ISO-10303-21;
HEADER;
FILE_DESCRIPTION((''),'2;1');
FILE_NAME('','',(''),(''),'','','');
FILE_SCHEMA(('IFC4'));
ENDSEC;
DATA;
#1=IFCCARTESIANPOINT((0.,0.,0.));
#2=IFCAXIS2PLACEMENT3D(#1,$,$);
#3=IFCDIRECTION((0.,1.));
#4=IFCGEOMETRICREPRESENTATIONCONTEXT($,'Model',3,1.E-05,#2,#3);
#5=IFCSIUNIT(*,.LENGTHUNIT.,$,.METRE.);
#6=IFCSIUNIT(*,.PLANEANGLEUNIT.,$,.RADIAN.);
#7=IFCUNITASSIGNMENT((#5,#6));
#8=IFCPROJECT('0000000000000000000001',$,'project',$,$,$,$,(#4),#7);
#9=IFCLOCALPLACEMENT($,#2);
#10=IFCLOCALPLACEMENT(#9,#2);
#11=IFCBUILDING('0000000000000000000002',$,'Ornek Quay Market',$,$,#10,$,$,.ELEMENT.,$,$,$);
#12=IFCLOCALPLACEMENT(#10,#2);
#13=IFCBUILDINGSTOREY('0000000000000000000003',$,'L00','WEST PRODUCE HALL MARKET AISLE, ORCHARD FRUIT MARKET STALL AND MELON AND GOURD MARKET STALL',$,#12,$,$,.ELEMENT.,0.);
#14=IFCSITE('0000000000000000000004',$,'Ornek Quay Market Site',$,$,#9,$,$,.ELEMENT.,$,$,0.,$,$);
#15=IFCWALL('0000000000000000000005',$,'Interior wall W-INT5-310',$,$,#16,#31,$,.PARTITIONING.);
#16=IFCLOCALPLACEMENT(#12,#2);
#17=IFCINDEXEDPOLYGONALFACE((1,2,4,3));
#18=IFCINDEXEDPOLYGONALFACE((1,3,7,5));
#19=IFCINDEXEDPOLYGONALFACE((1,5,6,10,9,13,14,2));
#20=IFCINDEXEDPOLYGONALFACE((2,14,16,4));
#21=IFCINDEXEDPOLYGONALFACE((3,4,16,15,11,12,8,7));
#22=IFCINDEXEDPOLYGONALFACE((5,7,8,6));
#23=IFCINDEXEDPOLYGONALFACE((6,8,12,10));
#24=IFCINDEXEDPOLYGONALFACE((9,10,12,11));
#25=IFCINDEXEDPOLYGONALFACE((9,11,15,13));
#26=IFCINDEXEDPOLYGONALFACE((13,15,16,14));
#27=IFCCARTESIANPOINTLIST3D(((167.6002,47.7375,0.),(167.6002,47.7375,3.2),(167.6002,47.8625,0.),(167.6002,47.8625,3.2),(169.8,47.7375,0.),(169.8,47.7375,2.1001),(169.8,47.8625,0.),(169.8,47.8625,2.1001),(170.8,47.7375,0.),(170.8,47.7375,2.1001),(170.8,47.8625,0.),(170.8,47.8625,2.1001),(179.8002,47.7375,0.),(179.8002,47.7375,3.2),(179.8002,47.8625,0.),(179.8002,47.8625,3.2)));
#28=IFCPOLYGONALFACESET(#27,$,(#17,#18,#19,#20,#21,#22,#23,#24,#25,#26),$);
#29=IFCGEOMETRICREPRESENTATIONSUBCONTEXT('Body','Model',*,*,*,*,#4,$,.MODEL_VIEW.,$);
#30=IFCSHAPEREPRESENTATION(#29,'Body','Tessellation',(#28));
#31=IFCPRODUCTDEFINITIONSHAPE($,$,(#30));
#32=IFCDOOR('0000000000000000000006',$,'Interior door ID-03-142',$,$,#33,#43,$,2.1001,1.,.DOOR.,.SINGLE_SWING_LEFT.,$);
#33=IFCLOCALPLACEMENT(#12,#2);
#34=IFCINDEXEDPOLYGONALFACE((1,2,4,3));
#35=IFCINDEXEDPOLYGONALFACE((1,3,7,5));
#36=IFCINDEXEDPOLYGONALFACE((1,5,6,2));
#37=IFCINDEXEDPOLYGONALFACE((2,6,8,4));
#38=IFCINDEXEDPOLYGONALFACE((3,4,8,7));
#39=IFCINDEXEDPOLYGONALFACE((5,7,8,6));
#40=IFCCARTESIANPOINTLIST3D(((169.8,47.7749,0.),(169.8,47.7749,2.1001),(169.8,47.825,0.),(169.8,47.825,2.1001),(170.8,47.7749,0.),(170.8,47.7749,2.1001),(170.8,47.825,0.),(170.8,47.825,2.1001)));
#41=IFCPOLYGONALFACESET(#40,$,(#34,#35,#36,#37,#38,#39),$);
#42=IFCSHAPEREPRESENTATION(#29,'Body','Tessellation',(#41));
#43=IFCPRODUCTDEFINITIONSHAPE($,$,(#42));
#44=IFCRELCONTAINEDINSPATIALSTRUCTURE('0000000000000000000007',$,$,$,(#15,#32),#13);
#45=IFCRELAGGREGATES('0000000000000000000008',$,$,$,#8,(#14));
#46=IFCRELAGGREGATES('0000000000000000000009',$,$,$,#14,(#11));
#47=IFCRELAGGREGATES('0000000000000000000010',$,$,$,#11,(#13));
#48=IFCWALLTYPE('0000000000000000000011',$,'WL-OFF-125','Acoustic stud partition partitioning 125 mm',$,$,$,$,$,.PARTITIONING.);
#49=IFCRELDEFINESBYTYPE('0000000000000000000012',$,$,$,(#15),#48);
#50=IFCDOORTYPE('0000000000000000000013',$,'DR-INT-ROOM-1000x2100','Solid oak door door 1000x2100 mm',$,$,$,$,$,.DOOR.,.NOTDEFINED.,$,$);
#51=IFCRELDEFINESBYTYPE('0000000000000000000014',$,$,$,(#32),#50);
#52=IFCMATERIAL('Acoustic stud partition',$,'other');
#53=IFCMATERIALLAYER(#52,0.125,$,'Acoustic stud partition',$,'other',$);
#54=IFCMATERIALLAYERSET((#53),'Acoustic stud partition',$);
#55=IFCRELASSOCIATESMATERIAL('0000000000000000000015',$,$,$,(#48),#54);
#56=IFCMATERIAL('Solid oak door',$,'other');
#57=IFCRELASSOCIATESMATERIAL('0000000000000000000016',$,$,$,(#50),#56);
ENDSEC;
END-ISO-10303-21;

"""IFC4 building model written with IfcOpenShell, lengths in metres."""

from ifc_helpers import new_model, si_unit, direction, frame, frame_2d, origin, place, context, subcontext, project, spatial, rectangle, extrude, material, layer, layer_set, type_object, element, fill, save


model = new_model("IFC4")

# Units and contexts
model_context = context("Model", 3, precision=1e-05, world=origin(), true_north=direction((0.0, 1.0)))
body_context = subcontext(model_context, "Body", "Model", "MODEL_VIEW")
ifc_project = project(units=[si_unit("LENGTHUNIT", "METRE"), si_unit("PLANEANGLEUNIT", "RADIAN")], contexts=[model_context])

# Site, building, storey
site_placement = place(None, origin())
site = spatial("IfcSite", under=ifc_project, at=site_placement, Name="Ornek Quay Market Site", CompositionType="ELEMENT", RefElevation=0.0)
building_placement = place(site_placement, origin())
building = spatial("IfcBuilding", under=site, at=building_placement, Name="Ornek Quay Market", CompositionType="ELEMENT")
storey_placement = place(building_placement, origin())
storey = spatial("IfcBuildingStorey", under=building, at=storey_placement, Name="L00", Description="WEST PRODUCE HALL MARKET AISLE, ORCHARD FRUIT MARKET STALL AND MELON AND GOURD MARKET STALL", CompositionType="ELEMENT", Elevation=0.0)

# Wall, opening, door
ifc_material_1 = material(Name="Acoustic stud partition", Category="other")
ifc_layer_1 = layer(ifc_material_1, 0.125, Name="Acoustic stud partition", Category="other")
ifc_layer_set_1 = layer_set([ifc_layer_1], Name="Acoustic stud partition")
wall_type = type_object("IfcWallType", Name="WL-OFF-125", Description="Acoustic stud partition partitioning 125 mm", PredefinedType="PARTITIONING", material=ifc_layer_set_1)
wall_placement = place(storey_placement, frame((167.6001, 47.8, 0.0), z_axis=(0.0, 0.0, 1.0), x_axis=(1.0, 0.0, 0.0)))
wall = element("IfcWall", 1, at=wall_placement, inside=storey, type_object=wall_type, Name="Interior wall W-INT5-310", PredefinedType="PARTITIONING", context=body_context, shape_type="SweptSolid", body=[
    extrude(rectangle(XDim=12.2, YDim=0.125, at=frame_2d((6.1001, 0.0))), origin(), (0.0, 0.0, 1.0), 3.2),
])
opening_placement = place(wall_placement, frame((2.2, 0.0, 0.0)))
opening = element("IfcOpeningElement", 2, at=opening_placement, cuts=wall, PredefinedType="OPENING", context=body_context, shape_type="SweptSolid", body=[
    extrude(rectangle(XDim=1.0, YDim=2.1001, at=frame_2d((0.5, 1.05))), frame((0.0, 0.0725, 0.0), z_axis=(0.0, -1.0, 0.0), x_axis=(1.0, 0.0, 0.0)), (0.0, 0.0, 1.0), 0.145),
])
ifc_material_2 = material(Name="Solid oak door", Category="other")
door_type = type_object("IfcDoorType", Name="DR-INT-ROOM-1000x2100", Description="Solid oak door door 1000x2100 mm", OperationType="NOTDEFINED", PredefinedType="DOOR", material=ifc_material_2)
door_placement = place(opening_placement, origin())
door = element("IfcDoor", 3, at=door_placement, inside=storey, type_object=door_type, Name="Interior door ID-03-142", OperationType="SINGLE_SWING_LEFT", OverallHeight=2.1001, OverallWidth=1.0, PredefinedType="DOOR", context=body_context, shape_type="SweptSolid", body=[
    extrude(rectangle(XDim=1.0, YDim=2.1001, at=frame_2d((0.5, 1.05))), frame((0.0, 0.0249, 0.0), z_axis=(0.0, -1.0, 0.0), x_axis=(1.0, 0.0, 0.0)), (0.0, 0.0, 1.0), 0.05),
])
fill(opening, door)

save(model, "model.ifc")
